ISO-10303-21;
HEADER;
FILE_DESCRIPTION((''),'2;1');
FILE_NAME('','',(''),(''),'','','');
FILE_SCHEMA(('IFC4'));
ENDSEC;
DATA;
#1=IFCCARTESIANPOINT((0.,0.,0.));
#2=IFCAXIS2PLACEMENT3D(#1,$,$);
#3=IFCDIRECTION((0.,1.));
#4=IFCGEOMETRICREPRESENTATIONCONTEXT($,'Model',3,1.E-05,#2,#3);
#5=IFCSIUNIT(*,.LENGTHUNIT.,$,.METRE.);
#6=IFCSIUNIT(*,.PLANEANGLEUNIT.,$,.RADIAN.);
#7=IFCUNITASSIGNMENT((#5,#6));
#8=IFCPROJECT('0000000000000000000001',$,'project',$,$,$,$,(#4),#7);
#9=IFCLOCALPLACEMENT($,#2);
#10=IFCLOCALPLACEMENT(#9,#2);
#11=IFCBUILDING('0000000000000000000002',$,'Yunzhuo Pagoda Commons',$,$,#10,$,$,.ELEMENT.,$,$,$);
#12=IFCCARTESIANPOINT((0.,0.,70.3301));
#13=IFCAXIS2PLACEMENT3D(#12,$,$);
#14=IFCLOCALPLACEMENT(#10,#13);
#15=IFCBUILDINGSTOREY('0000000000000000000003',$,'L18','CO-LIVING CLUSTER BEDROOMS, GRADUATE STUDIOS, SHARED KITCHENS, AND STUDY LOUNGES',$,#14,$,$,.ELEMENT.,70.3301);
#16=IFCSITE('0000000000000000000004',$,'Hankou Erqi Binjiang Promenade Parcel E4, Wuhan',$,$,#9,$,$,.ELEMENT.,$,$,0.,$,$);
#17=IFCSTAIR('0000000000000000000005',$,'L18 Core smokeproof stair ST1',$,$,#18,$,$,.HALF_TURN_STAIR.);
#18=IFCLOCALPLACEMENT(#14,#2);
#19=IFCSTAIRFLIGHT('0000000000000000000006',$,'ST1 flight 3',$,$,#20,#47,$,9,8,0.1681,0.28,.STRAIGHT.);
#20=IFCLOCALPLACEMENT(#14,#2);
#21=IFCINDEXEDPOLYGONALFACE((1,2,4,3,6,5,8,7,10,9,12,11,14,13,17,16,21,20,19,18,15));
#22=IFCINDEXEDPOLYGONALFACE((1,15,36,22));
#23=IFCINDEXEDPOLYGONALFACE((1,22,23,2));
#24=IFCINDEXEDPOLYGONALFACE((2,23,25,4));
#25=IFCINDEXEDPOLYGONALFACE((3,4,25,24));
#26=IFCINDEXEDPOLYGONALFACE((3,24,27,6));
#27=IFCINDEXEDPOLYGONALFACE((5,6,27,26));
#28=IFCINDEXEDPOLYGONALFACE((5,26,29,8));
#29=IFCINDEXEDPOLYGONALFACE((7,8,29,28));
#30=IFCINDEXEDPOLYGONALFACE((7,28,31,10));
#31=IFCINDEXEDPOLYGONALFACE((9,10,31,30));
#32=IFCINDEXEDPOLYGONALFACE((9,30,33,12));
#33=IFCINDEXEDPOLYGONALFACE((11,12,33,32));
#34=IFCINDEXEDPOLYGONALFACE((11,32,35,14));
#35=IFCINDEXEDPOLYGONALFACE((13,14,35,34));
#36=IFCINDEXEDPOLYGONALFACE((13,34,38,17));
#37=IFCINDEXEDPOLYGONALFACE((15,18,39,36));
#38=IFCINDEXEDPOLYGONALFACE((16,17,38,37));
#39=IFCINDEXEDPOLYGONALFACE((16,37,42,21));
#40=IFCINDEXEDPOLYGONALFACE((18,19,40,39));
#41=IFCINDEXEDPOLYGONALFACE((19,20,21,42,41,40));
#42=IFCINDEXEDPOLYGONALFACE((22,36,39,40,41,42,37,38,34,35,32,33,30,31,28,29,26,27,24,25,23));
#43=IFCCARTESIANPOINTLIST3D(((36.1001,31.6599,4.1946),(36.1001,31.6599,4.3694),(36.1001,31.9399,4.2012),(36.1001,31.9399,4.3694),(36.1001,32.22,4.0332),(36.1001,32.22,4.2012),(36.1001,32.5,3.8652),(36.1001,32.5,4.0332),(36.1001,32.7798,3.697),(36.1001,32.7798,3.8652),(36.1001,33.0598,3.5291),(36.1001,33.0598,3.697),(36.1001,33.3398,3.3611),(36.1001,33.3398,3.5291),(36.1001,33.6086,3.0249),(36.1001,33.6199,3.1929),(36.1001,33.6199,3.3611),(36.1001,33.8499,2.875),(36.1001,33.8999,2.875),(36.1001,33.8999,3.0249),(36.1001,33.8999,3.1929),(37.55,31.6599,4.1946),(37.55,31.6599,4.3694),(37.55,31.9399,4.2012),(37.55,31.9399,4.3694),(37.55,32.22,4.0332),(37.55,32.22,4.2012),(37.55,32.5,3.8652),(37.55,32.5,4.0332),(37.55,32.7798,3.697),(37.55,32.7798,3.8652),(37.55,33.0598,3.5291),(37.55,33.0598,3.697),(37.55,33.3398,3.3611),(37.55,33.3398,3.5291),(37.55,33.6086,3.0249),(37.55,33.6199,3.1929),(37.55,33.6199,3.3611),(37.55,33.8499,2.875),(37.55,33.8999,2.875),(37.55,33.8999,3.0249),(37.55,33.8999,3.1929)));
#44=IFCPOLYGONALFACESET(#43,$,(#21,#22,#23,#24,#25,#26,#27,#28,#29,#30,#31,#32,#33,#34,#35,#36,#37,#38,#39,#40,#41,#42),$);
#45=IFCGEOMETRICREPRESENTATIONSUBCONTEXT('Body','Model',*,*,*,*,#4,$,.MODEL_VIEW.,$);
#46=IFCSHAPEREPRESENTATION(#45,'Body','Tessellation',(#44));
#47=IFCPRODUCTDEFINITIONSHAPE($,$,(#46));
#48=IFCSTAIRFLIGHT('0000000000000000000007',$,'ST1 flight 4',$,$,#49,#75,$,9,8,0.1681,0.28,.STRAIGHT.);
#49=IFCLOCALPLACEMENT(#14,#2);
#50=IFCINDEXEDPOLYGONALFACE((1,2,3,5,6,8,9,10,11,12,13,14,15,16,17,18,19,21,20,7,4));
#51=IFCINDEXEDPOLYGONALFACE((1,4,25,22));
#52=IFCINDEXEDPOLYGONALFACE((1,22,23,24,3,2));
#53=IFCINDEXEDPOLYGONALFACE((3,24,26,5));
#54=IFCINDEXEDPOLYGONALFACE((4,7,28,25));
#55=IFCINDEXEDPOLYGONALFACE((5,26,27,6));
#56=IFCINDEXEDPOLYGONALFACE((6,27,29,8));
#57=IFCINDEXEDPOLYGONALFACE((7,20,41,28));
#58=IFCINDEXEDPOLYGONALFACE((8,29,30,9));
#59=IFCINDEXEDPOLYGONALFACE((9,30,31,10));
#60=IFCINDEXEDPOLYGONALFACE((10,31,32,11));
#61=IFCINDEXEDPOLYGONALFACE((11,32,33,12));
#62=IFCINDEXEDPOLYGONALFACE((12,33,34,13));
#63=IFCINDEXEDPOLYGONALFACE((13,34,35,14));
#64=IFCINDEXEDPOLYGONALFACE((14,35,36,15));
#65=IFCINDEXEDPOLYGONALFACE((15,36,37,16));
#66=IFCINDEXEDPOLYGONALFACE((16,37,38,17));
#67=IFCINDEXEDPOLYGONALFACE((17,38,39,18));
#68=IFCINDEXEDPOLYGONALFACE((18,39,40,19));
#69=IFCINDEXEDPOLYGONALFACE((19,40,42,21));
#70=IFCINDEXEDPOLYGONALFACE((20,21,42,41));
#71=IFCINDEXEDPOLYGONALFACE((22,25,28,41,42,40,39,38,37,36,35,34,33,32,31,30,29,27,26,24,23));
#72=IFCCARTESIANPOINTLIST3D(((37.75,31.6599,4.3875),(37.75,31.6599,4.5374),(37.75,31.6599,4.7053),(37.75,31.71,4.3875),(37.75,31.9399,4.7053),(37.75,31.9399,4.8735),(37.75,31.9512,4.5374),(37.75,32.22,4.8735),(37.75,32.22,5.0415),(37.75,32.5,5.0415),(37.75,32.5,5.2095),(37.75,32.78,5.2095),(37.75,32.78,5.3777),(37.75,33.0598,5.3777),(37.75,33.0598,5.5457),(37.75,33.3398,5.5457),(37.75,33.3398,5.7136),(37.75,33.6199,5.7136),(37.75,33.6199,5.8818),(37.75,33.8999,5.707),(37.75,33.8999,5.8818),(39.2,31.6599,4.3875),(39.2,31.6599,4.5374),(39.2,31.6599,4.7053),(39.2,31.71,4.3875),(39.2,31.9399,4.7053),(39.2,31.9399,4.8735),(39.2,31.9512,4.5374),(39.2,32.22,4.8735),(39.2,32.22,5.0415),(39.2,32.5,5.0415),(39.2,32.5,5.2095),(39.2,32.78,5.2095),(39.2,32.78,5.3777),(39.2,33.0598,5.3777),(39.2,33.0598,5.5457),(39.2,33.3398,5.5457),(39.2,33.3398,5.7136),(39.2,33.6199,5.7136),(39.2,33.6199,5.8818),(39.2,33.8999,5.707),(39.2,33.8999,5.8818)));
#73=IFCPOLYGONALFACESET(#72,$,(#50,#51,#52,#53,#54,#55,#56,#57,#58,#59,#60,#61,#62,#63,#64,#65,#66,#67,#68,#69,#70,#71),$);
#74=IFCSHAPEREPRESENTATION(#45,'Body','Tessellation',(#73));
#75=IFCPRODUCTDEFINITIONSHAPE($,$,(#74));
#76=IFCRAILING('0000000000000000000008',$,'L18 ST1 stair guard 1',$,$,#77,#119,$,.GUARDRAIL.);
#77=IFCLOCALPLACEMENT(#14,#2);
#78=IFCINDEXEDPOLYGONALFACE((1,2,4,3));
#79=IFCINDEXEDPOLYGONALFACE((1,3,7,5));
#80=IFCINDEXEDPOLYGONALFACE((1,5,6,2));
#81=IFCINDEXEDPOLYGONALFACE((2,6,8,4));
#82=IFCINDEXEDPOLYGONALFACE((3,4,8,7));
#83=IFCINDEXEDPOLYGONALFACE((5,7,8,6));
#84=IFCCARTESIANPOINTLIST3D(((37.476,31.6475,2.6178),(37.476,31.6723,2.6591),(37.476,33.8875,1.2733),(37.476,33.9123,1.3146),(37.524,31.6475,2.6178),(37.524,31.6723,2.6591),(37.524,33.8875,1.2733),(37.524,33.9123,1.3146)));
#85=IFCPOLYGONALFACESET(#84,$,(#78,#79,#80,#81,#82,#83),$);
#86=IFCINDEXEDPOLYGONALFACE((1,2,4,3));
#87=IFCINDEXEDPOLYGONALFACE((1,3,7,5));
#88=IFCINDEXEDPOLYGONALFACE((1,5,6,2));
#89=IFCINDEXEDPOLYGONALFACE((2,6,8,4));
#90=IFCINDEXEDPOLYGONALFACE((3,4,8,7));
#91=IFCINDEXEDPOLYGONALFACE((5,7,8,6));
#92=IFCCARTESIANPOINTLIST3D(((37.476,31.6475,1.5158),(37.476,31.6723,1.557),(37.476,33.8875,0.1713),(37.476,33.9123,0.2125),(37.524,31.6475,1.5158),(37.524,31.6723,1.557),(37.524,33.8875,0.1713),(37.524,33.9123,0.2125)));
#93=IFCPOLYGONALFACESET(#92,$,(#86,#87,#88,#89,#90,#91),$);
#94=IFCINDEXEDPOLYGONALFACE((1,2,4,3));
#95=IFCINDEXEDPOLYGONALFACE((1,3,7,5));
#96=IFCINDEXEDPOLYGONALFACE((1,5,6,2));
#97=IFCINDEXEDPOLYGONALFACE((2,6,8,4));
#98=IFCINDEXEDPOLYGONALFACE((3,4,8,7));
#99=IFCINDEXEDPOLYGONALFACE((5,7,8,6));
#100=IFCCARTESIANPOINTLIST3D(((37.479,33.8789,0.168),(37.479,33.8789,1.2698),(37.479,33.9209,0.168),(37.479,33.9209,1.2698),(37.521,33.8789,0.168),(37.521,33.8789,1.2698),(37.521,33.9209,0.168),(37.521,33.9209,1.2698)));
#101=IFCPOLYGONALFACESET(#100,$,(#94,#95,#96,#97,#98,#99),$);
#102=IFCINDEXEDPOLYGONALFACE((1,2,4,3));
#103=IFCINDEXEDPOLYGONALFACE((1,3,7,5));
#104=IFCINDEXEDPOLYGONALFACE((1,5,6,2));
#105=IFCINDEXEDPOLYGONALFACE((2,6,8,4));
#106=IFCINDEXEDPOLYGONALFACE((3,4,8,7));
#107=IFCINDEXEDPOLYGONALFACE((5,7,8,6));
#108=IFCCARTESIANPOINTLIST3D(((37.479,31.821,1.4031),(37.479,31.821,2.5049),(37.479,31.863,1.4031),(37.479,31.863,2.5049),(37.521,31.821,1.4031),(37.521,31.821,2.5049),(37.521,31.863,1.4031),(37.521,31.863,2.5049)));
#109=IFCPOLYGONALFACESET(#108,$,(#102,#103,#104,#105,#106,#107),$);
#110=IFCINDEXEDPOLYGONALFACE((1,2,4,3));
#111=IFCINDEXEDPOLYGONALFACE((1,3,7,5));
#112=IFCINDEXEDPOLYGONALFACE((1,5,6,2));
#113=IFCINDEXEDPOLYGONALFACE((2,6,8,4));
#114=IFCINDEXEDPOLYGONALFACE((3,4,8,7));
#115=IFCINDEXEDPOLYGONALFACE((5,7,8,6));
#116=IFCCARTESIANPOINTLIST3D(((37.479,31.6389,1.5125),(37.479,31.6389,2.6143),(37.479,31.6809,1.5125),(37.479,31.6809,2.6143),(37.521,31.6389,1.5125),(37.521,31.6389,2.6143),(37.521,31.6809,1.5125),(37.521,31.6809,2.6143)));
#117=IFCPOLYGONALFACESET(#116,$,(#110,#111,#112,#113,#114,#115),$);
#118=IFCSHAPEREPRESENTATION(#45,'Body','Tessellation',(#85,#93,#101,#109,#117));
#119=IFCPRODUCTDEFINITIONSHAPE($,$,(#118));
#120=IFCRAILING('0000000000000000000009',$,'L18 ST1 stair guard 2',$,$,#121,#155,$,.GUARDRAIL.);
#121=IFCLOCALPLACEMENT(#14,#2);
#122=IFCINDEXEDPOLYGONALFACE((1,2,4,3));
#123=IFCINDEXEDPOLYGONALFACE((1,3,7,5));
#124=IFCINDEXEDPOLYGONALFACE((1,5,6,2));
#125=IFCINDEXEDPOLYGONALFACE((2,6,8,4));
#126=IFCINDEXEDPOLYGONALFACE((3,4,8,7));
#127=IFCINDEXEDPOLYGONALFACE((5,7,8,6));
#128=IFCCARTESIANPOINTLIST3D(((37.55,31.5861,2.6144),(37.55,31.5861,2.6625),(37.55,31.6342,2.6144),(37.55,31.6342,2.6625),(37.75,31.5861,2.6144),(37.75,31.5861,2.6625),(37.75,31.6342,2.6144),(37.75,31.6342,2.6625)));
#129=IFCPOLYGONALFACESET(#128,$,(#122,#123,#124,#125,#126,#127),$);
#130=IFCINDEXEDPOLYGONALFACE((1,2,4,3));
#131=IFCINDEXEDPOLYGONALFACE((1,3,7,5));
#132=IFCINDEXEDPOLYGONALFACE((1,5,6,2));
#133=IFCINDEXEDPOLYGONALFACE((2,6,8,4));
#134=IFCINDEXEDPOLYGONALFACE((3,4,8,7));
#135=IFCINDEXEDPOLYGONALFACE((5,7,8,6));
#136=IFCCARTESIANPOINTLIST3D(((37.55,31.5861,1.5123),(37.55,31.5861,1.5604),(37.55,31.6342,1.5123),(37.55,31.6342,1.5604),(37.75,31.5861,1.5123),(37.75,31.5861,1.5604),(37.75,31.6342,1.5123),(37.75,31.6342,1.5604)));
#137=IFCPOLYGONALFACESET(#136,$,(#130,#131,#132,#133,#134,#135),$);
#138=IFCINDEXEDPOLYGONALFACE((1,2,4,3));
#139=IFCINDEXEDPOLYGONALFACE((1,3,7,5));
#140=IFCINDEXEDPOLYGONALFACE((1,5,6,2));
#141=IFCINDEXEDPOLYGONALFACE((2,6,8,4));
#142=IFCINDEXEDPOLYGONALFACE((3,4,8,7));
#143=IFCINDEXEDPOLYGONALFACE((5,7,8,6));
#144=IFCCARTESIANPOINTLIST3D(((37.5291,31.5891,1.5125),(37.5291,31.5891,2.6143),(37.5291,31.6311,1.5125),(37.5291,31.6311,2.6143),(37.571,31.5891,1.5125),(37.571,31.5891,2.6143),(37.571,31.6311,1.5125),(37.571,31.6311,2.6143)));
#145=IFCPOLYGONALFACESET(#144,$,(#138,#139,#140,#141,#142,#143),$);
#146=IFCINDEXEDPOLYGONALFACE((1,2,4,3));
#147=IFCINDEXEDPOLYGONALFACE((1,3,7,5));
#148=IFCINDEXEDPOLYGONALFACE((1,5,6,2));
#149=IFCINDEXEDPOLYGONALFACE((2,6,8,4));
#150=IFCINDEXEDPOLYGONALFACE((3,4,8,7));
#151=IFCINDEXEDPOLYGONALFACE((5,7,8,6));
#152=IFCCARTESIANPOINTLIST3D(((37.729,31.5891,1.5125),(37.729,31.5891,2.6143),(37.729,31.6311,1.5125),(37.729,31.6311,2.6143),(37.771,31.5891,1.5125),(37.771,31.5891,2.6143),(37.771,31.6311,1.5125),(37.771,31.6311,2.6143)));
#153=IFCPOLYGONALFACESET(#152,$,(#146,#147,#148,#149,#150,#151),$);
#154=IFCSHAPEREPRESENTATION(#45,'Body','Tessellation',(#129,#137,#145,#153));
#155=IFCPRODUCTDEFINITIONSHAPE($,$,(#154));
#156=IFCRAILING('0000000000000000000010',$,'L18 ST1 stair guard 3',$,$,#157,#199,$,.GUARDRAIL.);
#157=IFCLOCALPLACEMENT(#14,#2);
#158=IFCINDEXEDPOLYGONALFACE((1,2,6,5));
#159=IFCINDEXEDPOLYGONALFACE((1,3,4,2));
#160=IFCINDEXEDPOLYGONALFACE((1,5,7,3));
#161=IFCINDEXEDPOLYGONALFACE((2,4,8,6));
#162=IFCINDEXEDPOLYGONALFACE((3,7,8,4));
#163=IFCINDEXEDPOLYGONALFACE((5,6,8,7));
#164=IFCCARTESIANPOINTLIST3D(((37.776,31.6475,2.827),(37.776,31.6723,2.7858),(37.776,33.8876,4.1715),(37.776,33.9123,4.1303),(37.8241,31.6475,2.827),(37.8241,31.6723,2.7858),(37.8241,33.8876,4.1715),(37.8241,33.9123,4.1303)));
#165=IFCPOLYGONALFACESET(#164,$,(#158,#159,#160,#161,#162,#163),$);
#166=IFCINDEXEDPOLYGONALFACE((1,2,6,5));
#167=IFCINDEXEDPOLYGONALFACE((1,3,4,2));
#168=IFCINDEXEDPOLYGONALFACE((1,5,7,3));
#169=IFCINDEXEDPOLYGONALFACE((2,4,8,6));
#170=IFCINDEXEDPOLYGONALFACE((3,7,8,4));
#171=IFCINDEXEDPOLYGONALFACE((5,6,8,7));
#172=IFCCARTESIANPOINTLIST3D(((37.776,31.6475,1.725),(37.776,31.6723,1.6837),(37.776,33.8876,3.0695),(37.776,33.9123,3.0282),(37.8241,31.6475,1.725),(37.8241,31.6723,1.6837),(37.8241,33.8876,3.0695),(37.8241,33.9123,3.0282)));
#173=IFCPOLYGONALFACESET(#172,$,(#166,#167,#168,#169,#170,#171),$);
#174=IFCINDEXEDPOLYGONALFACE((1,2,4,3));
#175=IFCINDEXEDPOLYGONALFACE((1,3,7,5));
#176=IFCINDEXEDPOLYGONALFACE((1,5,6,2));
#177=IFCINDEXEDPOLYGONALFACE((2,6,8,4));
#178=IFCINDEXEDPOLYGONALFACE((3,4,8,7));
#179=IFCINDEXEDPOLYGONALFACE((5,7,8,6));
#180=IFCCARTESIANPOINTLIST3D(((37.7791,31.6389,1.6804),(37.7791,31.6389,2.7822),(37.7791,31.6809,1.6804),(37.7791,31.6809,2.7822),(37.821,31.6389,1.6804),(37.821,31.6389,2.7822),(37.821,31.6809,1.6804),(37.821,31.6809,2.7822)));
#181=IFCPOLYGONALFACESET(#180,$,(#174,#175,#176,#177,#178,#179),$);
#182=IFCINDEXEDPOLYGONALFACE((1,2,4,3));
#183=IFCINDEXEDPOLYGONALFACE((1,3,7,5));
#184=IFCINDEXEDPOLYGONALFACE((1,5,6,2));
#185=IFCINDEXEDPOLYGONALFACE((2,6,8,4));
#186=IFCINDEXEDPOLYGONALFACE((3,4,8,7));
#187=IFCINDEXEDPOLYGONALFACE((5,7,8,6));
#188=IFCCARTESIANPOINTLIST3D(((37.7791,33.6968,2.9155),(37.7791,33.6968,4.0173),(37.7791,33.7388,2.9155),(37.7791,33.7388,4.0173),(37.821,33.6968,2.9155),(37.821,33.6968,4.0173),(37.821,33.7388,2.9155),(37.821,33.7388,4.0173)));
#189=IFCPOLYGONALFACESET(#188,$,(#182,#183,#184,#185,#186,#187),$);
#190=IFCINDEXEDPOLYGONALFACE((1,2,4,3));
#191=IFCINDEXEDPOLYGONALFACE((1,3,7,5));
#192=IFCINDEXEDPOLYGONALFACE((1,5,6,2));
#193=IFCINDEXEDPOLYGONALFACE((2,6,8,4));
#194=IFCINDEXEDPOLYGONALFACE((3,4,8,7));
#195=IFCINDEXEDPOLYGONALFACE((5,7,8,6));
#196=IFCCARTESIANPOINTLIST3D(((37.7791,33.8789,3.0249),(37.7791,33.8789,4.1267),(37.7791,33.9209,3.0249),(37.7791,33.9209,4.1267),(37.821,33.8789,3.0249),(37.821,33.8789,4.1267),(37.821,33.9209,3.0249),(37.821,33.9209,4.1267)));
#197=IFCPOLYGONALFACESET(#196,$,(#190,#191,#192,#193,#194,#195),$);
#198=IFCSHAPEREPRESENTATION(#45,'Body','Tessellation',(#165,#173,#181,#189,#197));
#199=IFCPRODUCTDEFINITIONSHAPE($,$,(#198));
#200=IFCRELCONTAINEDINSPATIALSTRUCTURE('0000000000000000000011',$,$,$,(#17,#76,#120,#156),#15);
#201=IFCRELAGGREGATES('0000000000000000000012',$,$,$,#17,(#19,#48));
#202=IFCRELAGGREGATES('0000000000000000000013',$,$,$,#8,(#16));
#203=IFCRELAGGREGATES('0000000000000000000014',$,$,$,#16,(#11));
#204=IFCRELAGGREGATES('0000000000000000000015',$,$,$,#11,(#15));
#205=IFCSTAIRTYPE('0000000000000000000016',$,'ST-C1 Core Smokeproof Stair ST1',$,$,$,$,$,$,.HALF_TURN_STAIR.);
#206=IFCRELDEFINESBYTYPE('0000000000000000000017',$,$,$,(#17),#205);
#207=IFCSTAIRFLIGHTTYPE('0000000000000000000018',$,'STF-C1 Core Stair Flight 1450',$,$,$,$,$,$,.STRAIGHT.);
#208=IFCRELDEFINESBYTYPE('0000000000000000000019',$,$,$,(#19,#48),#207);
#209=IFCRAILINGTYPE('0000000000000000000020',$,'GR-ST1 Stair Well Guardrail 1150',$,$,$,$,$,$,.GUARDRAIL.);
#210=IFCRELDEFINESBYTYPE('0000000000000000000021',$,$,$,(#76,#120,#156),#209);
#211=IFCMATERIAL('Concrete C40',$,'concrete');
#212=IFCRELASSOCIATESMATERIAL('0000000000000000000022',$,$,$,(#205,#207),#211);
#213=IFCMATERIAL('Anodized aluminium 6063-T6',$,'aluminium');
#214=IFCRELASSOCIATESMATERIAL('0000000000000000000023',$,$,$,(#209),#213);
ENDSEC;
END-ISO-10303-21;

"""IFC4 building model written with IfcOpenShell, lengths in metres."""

from ifc_helpers import new_model, si_unit, direction, frame, origin, origin_2d, place, context, subcontext, project, spatial, polyline, rectangle, outline, extrude, source, transform, mapped, material, type_object, element, aggregate, save


model = new_model("IFC4")

# Units and contexts
model_context = context("Model", 3, precision=1e-05, world=origin(), true_north=direction((0.0, 1.0)))
body_context = subcontext(model_context, "Body", "Model", "MODEL_VIEW")
ifc_project = project(units=[si_unit("LENGTHUNIT", "METRE"), si_unit("PLANEANGLEUNIT", "RADIAN")], contexts=[model_context])

# Site, building, storey
site_placement = place(None, origin())
site = spatial("IfcSite", under=ifc_project, at=site_placement, Name="Hankou Erqi Binjiang Promenade Parcel E4, Wuhan", CompositionType="ELEMENT", RefElevation=0.0)
building_placement = place(site_placement, origin())
building = spatial("IfcBuilding", under=site, at=building_placement, Name="Yunzhuo Pagoda Commons", CompositionType="ELEMENT")
storey_placement = place(building_placement, frame((0.0, 0.0, 70.3301)))
storey = spatial("IfcBuildingStorey", under=building, at=storey_placement, Name="L18", Description="CO-LIVING CLUSTER BEDROOMS, GRADUATE STUDIOS, SHARED KITCHENS, AND STUDY LOUNGES", CompositionType="ELEMENT", Elevation=70.3301)

# Shared definitions
ifc_material_1 = material(Name="Concrete C40", Category="concrete")

# Stair, stair flights
stair_type = type_object("IfcStairType", Name="ST-C1 Core Smokeproof Stair ST1", PredefinedType="HALF_TURN_STAIR", material=ifc_material_1)
stair_placement = place(storey_placement, origin())
stair = element("IfcStair", 1, at=stair_placement, inside=storey, type_object=stair_type, Name="L18 Core smokeproof stair ST1", PredefinedType="HALF_TURN_STAIR")
stair_flight_type = type_object("IfcStairFlightType", Name="STF-C1 Core Stair Flight 1450", PredefinedType="STRAIGHT", material=ifc_material_1)
shared_shape_1 = source(origin(), body_context, "Body", "SweptSolid", [
    extrude(outline(polyline([(0.0, -0.1499), (0.0, 0.0), (0.0, 0.168), (0.28, 0.168), (0.28, 0.3362), (0.5601, 0.3362), (0.5601, 0.5042), (0.8401, 0.5042), (0.8401, 0.6721), (1.1201, 0.6721), (1.1201, 0.8403), (1.3999, 0.8403), (1.3999, 1.0083), (1.6799, 1.0083), (1.6799, 1.1763), (1.96, 1.1763), (1.96, 1.3445), (2.24, 1.3445), (2.24, 1.5125), (2.24, 1.1697), (0.2913, 0.0), (0.05, -0.1499), (0.0, -0.1499)])), frame((0.0, 0.7251, 0.0), z_axis=(0.0, -1.0, 0.0), x_axis=(1.0, 0.0, 0.0)), (0.0, 0.0, 1.0), 1.45),
])
stair_flight_1_placement = place(storey_placement, frame((36.825, 33.8999, 3.0249), z_axis=(0.0, 0.0, 1.0), x_axis=(0.0, -1.0, 0.0)))
stair_flight_1 = element("IfcStairFlight", 2, at=stair_flight_1_placement, type_object=stair_flight_type, Name="ST1 flight 3", NumberOfRisers=9, NumberOfTreads=8, PredefinedType="STRAIGHT", RiserHeight=0.1681, TreadLength=0.28, context=body_context, shape_type="MappedRepresentation", body=[
    mapped(shared_shape_1, transform((0.0, 0.0, 0.0), scale=1.0)),
])
stair_flight_2_placement = place(storey_placement, frame((38.4751, 31.6599, 4.5374), z_axis=(0.0, 0.0, 1.0), x_axis=(0.0, 1.0, 0.0)))
stair_flight_2 = element("IfcStairFlight", 3, at=stair_flight_2_placement, type_object=stair_flight_type, Name="ST1 flight 4", NumberOfRisers=9, NumberOfTreads=8, PredefinedType="STRAIGHT", RiserHeight=0.1681, TreadLength=0.28, context=body_context, shape_type="MappedRepresentation", body=[
    mapped(shared_shape_1, transform((0.0, 0.0, 0.0), scale=1.0)),
])
aggregate(stair, [stair_flight_1, stair_flight_2])

# Railings
ifc_material_2 = material(Name="Anodized aluminium 6063-T6", Category="aluminium")
railing_type_1 = type_object("IfcRailingType", Name="GR-ST1 Stair Well Guardrail 1150", PredefinedType="GUARDRAIL", material=ifc_material_2)
railing_1_placement = place(storey_placement, frame((37.5, 33.8999, 0.168)))
element("IfcRailing", 4, at=railing_1_placement, inside=storey, type_object=railing_type_1, Name="L18 ST1 stair guard 1", PredefinedType="GUARDRAIL", context=body_context, shape_type="SweptSolid", body=[
    extrude(rectangle(XDim=0.0481, YDim=0.0481, at=origin_2d()), frame((0.0, 0.0, 1.126), z_axis=(0.0, -0.85741, 0.514633), x_axis=(1.0, 0.0, 0.0)), (0.0, 0.0, 1.0), 2.6125),
    extrude(rectangle(XDim=0.0481, YDim=0.0481, at=origin_2d()), frame((0.0, 0.0, 0.0239), z_axis=(0.0, -0.85741, 0.514633), x_axis=(1.0, 0.0, 0.0)), (0.0, 0.0, 1.0), 2.6125),
    extrude(rectangle(XDim=0.042, YDim=0.042, at=origin_2d()), origin(), (0.0, 0.0, 1.0), 1.1018),
    extrude(rectangle(XDim=0.042, YDim=0.042, at=origin_2d()), frame((0.0, -2.0579, 1.2351)), (0.0, 0.0, 1.0), 1.1018),
    extrude(rectangle(XDim=0.042, YDim=0.042, at=origin_2d()), frame((0.0, -2.24, 1.3445)), (0.0, 0.0, 1.0), 1.1018),
])
railing_2_placement = place(storey_placement, frame((37.55, 31.6101, 1.5125)))
element("IfcRailing", 5, at=railing_2_placement, inside=storey, type_object=railing_type_1, Name="L18 ST1 stair guard 2", PredefinedType="GUARDRAIL", context=body_context, shape_type="SweptSolid", body=[
    extrude(rectangle(XDim=0.0481, YDim=0.0481, at=origin_2d()), frame((0.0, 0.0, 1.126), z_axis=(1.0, 0.0, 0.0), x_axis=(0.0, 1.0, 0.0)), (0.0, 0.0, 1.0), 0.2),
    extrude(rectangle(XDim=0.0481, YDim=0.0481, at=origin_2d()), frame((0.0, 0.0, 0.0239), z_axis=(1.0, 0.0, 0.0), x_axis=(0.0, 1.0, 0.0)), (0.0, 0.0, 1.0), 0.2),
    extrude(rectangle(XDim=0.042, YDim=0.042, at=origin_2d()), origin(), (0.0, 0.0, 1.0), 1.1018),
    extrude(rectangle(XDim=0.042, YDim=0.042, at=origin_2d()), frame((0.2, 0.0, 0.0)), (0.0, 0.0, 1.0), 1.1018),
])
railing_3_placement = place(storey_placement, frame((37.8, 31.6599, 1.6804)))
element("IfcRailing", 6, at=railing_3_placement, inside=storey, type_object=railing_type_1, Name="L18 ST1 stair guard 3", PredefinedType="GUARDRAIL", context=body_context, shape_type="SweptSolid", body=[
    extrude(rectangle(XDim=0.0481, YDim=0.0481, at=origin_2d()), frame((0.0, 0.0, 1.126), z_axis=(0.0, 0.85741, 0.514633), x_axis=(-1.0, 0.0, 0.0)), (0.0, 0.0, 1.0), 2.6125),
    extrude(rectangle(XDim=0.0481, YDim=0.0481, at=origin_2d()), frame((0.0, 0.0, 0.0239), z_axis=(0.0, 0.85741, 0.514633), x_axis=(-1.0, 0.0, 0.0)), (0.0, 0.0, 1.0), 2.6125),
    extrude(rectangle(XDim=0.042, YDim=0.042, at=origin_2d()), origin(), (0.0, 0.0, 1.0), 1.1018),
    extrude(rectangle(XDim=0.042, YDim=0.042, at=origin_2d()), frame((0.0, 2.0579, 1.2351)), (0.0, 0.0, 1.0), 1.1018),
    extrude(rectangle(XDim=0.042, YDim=0.042, at=origin_2d()), frame((0.0, 2.24, 1.3445)), (0.0, 0.0, 1.0), 1.1018),
])

save(model, "model.ifc")
